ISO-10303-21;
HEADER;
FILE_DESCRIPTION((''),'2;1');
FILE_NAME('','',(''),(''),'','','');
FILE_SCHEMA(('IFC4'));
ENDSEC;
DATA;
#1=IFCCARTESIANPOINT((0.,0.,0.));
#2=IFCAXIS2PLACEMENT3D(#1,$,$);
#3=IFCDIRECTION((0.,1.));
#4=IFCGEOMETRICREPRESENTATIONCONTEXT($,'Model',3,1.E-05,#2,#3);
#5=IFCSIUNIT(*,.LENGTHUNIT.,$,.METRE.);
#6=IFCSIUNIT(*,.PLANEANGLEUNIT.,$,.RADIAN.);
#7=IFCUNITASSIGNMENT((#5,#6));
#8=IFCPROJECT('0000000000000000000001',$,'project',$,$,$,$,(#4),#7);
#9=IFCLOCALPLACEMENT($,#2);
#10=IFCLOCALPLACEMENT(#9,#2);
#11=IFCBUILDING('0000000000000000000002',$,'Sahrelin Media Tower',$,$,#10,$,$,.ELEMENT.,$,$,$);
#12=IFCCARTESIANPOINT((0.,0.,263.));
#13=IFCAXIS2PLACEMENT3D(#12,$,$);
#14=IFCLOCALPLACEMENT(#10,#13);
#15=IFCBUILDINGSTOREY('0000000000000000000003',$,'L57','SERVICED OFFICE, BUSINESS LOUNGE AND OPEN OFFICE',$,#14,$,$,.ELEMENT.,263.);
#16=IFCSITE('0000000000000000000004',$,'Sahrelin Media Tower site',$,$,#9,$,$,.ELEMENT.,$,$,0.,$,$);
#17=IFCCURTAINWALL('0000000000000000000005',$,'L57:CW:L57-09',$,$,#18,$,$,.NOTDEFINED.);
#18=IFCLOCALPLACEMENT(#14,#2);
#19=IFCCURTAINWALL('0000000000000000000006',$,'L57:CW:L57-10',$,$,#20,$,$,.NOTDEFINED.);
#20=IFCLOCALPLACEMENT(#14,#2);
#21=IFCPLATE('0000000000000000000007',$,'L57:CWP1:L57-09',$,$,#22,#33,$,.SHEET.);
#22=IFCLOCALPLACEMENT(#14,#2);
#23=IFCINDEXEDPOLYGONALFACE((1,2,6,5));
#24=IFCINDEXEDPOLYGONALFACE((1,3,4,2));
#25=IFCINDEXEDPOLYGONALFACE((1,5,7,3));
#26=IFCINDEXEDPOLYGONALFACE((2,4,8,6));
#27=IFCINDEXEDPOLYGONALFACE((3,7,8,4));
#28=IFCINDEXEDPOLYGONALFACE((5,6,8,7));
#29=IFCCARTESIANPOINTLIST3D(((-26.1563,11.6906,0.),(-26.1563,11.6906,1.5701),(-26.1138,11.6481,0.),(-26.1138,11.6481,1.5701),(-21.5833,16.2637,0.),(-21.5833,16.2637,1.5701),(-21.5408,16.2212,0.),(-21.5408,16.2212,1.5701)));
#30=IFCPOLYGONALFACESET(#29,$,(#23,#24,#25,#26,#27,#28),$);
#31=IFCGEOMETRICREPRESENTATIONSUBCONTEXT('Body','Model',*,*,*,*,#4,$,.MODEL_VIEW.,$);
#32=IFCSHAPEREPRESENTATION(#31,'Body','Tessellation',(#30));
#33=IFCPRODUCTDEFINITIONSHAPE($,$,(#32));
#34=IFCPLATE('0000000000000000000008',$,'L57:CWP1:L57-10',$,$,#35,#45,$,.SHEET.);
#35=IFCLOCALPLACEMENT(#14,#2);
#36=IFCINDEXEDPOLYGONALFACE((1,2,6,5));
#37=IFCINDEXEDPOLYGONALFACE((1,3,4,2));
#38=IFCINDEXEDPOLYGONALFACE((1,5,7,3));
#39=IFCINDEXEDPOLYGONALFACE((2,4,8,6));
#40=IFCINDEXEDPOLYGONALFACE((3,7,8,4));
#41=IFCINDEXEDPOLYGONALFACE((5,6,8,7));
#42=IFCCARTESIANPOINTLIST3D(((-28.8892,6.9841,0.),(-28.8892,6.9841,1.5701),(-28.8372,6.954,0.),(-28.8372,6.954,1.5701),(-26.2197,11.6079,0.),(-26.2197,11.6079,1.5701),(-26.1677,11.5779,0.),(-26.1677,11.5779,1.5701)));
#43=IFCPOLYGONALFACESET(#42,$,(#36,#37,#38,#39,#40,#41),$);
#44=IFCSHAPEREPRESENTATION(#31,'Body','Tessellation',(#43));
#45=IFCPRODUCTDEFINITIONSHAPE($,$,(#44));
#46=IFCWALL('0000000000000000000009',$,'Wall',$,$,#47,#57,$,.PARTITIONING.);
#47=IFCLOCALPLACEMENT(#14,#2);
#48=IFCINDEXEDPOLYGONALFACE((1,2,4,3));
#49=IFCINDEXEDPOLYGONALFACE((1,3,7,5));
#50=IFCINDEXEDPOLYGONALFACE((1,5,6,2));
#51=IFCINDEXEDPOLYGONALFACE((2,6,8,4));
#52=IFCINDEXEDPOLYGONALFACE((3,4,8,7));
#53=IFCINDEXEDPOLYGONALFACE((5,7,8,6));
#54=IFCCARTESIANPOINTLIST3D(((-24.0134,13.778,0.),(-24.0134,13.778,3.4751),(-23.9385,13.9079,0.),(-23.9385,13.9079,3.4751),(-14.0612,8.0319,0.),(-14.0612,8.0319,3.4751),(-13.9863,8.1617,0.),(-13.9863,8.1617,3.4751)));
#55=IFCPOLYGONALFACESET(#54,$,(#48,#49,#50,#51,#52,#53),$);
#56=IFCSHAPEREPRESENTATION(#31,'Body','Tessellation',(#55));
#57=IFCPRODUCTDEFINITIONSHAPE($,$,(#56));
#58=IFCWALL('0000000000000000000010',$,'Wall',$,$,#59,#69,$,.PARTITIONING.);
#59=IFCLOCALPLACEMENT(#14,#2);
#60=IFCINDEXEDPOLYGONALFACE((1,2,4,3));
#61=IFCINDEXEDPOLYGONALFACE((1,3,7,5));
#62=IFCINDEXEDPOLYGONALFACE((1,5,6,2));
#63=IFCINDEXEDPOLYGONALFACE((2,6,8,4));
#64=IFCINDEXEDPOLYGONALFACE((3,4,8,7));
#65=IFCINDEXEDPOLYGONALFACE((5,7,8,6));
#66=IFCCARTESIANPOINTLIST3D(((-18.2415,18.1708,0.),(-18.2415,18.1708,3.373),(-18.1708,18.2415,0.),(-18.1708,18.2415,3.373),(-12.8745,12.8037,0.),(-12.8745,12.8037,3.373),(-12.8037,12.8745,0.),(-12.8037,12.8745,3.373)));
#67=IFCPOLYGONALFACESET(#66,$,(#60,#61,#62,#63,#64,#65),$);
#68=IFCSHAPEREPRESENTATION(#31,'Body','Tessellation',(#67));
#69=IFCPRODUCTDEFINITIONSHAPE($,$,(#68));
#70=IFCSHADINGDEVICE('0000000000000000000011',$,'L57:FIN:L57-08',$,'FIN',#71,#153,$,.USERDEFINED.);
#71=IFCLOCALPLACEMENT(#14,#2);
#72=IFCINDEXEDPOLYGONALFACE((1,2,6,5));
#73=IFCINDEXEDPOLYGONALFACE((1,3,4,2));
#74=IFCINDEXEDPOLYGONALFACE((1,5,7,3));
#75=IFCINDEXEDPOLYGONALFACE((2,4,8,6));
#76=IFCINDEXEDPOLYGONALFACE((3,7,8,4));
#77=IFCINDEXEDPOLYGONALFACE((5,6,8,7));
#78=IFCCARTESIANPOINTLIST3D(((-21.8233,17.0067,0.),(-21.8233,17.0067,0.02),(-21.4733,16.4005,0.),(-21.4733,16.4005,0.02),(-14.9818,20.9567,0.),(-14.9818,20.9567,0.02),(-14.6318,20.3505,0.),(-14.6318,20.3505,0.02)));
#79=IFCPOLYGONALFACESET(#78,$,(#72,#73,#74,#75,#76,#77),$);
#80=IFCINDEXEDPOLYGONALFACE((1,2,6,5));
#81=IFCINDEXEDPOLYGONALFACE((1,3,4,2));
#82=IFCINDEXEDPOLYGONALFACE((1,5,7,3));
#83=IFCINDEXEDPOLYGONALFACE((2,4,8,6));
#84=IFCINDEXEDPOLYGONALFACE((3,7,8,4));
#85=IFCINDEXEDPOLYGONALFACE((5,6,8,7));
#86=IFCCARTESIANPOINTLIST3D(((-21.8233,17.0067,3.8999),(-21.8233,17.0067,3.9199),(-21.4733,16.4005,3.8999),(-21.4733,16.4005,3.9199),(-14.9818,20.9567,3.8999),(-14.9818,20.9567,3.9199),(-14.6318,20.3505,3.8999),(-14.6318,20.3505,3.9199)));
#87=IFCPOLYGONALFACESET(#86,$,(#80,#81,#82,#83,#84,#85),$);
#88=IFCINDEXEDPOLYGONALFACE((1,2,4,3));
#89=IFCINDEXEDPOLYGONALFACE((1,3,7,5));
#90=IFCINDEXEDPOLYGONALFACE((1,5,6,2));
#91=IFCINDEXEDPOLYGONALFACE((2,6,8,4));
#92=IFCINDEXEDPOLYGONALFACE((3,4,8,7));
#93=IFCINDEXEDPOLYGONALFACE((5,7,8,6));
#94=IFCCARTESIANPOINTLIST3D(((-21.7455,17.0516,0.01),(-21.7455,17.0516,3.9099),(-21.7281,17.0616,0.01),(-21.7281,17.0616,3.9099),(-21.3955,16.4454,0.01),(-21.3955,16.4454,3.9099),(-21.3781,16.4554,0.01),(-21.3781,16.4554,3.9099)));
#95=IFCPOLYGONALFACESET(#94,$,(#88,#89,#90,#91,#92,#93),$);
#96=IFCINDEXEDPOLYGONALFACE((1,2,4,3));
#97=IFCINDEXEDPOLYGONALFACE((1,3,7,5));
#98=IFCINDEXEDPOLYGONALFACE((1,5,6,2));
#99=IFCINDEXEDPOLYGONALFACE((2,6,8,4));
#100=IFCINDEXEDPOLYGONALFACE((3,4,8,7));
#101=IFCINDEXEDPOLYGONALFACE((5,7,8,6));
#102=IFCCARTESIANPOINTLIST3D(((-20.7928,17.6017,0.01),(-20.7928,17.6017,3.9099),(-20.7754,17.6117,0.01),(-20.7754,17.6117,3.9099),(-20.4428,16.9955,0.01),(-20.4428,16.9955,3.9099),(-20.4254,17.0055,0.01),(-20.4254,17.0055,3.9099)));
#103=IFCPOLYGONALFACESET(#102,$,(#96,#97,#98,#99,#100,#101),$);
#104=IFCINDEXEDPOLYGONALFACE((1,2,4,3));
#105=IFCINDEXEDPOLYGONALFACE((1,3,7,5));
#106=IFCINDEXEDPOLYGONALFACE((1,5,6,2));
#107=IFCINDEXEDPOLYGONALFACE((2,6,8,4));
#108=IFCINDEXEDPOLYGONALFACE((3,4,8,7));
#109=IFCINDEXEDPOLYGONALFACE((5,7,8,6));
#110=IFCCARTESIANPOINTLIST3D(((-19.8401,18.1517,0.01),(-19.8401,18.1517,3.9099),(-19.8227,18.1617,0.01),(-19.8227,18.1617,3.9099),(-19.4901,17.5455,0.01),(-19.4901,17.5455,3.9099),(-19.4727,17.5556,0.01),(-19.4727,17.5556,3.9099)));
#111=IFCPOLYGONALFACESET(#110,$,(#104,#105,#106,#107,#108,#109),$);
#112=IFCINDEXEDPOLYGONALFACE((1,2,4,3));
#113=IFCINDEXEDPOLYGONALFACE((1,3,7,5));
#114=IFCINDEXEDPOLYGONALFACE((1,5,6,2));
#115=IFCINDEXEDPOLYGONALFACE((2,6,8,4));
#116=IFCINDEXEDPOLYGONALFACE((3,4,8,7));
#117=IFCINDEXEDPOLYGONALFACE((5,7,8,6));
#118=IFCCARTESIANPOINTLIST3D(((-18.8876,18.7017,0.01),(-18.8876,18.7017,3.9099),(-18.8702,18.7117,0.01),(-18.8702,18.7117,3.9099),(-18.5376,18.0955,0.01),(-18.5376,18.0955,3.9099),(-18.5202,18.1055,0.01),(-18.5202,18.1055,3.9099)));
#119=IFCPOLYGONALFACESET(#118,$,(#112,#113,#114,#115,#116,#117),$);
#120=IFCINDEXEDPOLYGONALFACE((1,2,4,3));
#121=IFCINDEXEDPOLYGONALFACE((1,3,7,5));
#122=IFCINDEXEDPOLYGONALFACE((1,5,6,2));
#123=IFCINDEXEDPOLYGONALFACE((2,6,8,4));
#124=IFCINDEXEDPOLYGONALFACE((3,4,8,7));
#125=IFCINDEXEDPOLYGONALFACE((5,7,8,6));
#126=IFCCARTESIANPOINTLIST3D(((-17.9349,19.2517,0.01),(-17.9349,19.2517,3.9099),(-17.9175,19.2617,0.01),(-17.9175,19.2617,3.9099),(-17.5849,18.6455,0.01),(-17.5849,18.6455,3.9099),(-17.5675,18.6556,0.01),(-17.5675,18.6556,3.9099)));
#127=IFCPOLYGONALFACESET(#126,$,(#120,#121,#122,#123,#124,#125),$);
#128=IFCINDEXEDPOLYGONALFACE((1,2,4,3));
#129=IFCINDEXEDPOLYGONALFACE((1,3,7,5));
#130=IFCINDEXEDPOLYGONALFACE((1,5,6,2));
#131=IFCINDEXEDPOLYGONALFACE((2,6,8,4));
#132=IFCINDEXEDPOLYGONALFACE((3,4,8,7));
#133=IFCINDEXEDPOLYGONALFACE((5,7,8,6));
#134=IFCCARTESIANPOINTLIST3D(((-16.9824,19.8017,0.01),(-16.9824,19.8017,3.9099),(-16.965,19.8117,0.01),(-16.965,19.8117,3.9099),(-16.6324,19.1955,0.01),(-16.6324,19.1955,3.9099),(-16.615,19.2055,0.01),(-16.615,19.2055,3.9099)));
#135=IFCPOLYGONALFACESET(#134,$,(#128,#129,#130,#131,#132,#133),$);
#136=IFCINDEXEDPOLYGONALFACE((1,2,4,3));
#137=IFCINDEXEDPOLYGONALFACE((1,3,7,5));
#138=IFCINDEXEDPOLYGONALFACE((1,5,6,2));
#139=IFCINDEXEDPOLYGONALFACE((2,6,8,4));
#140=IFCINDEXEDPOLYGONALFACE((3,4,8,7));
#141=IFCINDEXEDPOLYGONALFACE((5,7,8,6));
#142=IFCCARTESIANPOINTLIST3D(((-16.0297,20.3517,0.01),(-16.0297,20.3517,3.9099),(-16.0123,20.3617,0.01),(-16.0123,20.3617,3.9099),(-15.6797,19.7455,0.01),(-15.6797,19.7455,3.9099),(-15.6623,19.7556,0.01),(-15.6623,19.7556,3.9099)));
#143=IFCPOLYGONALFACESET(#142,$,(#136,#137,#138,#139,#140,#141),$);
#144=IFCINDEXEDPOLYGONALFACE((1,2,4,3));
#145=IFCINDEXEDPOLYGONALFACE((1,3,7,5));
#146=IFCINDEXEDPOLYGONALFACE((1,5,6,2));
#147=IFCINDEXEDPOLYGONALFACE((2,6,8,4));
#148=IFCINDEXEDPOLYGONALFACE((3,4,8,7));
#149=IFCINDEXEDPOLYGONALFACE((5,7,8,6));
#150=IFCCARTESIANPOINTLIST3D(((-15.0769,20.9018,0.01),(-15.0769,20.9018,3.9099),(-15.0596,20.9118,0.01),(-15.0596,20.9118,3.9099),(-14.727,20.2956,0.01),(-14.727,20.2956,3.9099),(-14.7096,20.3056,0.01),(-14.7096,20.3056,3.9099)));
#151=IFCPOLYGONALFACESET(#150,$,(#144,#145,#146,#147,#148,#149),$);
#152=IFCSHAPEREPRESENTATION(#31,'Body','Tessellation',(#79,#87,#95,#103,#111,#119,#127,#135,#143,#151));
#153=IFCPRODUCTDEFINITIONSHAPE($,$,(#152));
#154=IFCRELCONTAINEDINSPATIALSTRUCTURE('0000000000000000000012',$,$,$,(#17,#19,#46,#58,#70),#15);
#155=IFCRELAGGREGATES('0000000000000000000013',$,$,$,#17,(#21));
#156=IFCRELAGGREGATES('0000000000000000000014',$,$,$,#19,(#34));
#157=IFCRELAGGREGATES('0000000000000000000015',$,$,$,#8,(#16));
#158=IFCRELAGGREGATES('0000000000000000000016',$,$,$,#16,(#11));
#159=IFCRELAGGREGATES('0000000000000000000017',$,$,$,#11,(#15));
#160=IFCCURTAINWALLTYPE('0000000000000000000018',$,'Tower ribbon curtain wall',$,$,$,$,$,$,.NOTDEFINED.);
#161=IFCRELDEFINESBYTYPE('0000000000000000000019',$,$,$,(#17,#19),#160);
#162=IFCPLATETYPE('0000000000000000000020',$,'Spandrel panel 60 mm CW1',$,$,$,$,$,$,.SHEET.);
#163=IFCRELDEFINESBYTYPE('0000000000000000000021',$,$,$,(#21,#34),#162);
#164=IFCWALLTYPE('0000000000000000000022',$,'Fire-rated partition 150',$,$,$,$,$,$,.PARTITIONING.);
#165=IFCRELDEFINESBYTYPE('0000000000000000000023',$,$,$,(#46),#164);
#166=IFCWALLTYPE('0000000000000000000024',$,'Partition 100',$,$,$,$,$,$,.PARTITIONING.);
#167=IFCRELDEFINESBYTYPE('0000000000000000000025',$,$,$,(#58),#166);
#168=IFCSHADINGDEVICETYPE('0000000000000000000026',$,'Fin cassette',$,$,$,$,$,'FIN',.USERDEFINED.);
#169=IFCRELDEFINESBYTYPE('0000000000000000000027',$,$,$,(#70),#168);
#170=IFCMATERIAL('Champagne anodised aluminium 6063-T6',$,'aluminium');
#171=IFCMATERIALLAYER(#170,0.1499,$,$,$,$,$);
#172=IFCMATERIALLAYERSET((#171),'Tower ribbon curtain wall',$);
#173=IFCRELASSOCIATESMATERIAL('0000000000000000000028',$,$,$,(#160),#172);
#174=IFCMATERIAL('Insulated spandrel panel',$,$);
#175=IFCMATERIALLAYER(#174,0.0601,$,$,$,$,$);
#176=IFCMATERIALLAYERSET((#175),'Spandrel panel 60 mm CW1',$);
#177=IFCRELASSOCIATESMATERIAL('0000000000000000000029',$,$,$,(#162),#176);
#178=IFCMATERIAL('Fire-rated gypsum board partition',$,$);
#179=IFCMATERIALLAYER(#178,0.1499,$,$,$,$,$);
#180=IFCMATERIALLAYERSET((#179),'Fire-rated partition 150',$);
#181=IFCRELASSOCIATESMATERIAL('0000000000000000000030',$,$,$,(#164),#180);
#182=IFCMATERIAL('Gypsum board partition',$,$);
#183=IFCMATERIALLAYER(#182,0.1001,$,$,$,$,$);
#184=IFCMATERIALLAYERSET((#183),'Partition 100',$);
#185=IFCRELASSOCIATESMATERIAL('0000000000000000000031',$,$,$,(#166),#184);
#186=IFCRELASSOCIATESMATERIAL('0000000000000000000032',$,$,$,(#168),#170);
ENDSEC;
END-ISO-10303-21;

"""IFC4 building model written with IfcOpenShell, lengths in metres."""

from ifc_helpers import new_model, si_unit, direction, frame, frame_2d, origin, origin_2d, place, context, subcontext, project, spatial, polyline, rectangle, outline, extrude, material, layer, layer_set, type_object, element, aggregate, save


model = new_model("IFC4")

# Units and contexts
model_context = context("Model", 3, precision=1e-05, world=origin(), true_north=direction((0.0, 1.0)))
body_context = subcontext(model_context, "Body", "Model", "MODEL_VIEW")
ifc_project = project(units=[si_unit("LENGTHUNIT", "METRE"), si_unit("PLANEANGLEUNIT", "RADIAN")], contexts=[model_context])

# Site, building, storey
site_placement = place(None, origin())
site = spatial("IfcSite", under=ifc_project, at=site_placement, Name="Sahrelin Media Tower site", CompositionType="ELEMENT", RefElevation=0.0)
building_placement = place(site_placement, origin())
building = spatial("IfcBuilding", under=site, at=building_placement, Name="Sahrelin Media Tower", CompositionType="ELEMENT")
storey_placement = place(building_placement, frame((0.0, 0.0, 263.0)))
storey = spatial("IfcBuildingStorey", under=building, at=storey_placement, Name="L57", Description="SERVICED OFFICE, BUSINESS LOUNGE AND OPEN OFFICE", CompositionType="ELEMENT", Elevation=263.0)

# Curtain wall
ifc_material_1 = material(Name="Champagne anodised aluminium 6063-T6", Category="aluminium")
ifc_layer_1 = layer(ifc_material_1, 0.1499)
ifc_layer_set_1 = layer_set([ifc_layer_1], Name="Tower ribbon curtain wall")
curtain_wall_type = type_object("IfcCurtainWallType", Name="Tower ribbon curtain wall", PredefinedType="NOTDEFINED", material=ifc_layer_set_1)
curtain_wall_1_placement = place(storey_placement, frame((-23.8557, 13.9631, 0.0), z_axis=(0.0, 0.0, 1.0), x_axis=(1.0, 0.0, 0.0)))
curtain_wall_1 = element("IfcCurtainWall", 1, at=curtain_wall_1_placement, inside=storey, type_object=curtain_wall_type, Name="L57:CW:L57-09", PredefinedType="NOTDEFINED")

# Curtain wall
curtain_wall_2_placement = place(storey_placement, frame((-27.5371, 9.2859, 0.0), z_axis=(0.0, 0.0, 1.0), x_axis=(1.0, 0.0, 0.0)))
curtain_wall_2 = element("IfcCurtainWall", 2, at=curtain_wall_2_placement, inside=storey, type_object=curtain_wall_type, Name="L57:CW:L57-10", PredefinedType="NOTDEFINED")

# Plates
ifc_material_2 = material(Name="Insulated spandrel panel")
ifc_layer_2 = layer(ifc_material_2, 0.0601)
ifc_layer_set_2 = layer_set([ifc_layer_2], Name="Spandrel panel 60 mm CW1")
plate_type_1 = type_object("IfcPlateType", Name="Spandrel panel 60 mm CW1", PredefinedType="SHEET", material=ifc_layer_set_2)
plate_1_placement = place(storey_placement, frame((-21.5833, 16.2637, 0.0), z_axis=(-0.707107, 0.707107, 0.0), x_axis=(-0.707107, -0.707107, 0.0)))
plate_1 = element("IfcPlate", 3, at=plate_1_placement, type_object=plate_type_1, Name="L57:CWP1:L57-09", PredefinedType="SHEET", context=body_context, shape_type="SweptSolid", body=[
    extrude(outline(polyline([(0.0, 0.0), (6.4673, 0.0), (6.4673, 1.5701), (0.0, 1.5701), (0.0, 0.0)])), origin(), (0.0, 0.0, -1.0), 0.0601),
])
aggregate(curtain_wall_1, [plate_1])
plate_2_placement = place(storey_placement, frame((-26.2197, 11.6079, 0.0), z_axis=(-0.866034, 0.499985, 0.0), x_axis=(-0.499985, -0.866034, 0.0)))
plate_2 = element("IfcPlate", 4, at=plate_2_placement, type_object=plate_type_1, Name="L57:CWP1:L57-10", PredefinedType="SHEET", context=body_context, shape_type="SweptSolid", body=[
    extrude(outline(polyline([(0.0, 0.0), (5.3391, 0.0), (5.3391, 1.5701), (0.0, 1.5701), (0.0, 0.0)])), origin(), (0.0, 0.0, -1.0), 0.0601),
])
aggregate(curtain_wall_2, [plate_2])

# Walls
ifc_material_3 = material(Name="Fire-rated gypsum board partition")
ifc_layer_3 = layer(ifc_material_3, 0.1499)
ifc_layer_set_3 = layer_set([ifc_layer_3], Name="Fire-rated partition 150")
wall_type_1 = type_object("IfcWallType", Name="Fire-rated partition 150", PredefinedType="PARTITIONING", material=ifc_layer_set_3)
wall_1_placement = place(storey_placement, frame((-23.9761, 13.843, 0.0), z_axis=(0.0, 0.0, 1.0), x_axis=(0.866017, -0.500014, 0.0)))
element("IfcWall", 5, at=wall_1_placement, inside=storey, type_object=wall_type_1, Name="Wall", PredefinedType="PARTITIONING", context=body_context, shape_type="SweptSolid", body=[
    extrude(rectangle(XDim=11.4919, YDim=0.1499, at=frame_2d((5.7461, 0.0))), origin(), (0.0, 0.0, 1.0), 3.4751),
])
ifc_material_4 = material(Name="Gypsum board partition")
ifc_layer_4 = layer(ifc_material_4, 0.1001)
ifc_layer_set_4 = layer_set([ifc_layer_4], Name="Partition 100")
wall_type_2 = type_object("IfcWallType", Name="Partition 100", PredefinedType="PARTITIONING", material=ifc_layer_set_4)
wall_2_placement = place(storey_placement, frame((-18.2061, 18.2061, 0.0), z_axis=(0.0, 0.0, 1.0), x_axis=(0.707107, -0.707107, 0.0)))
element("IfcWall", 6, at=wall_2_placement, inside=storey, type_object=wall_type_2, Name="Wall", PredefinedType="PARTITIONING", context=body_context, shape_type="SweptSolid", body=[
    extrude(rectangle(XDim=7.5901, YDim=0.1001, at=frame_2d((3.7949, 0.0))), origin(), (0.0, 0.0, 1.0), 3.373),
])

# Shading device
shading_device_type_1 = type_object("IfcShadingDeviceType", Name="Fin cassette", ElementType="FIN", PredefinedType="USERDEFINED", material=ifc_material_1)
placement_1 = place(storey_placement, frame((-18.0176, 18.3149, 0.0), z_axis=(0.0, 0.0, 1.0), x_axis=(0.866019, 0.500011, 0.0)))
element("IfcShadingDevice", 7, at=placement_1, inside=storey, type_object=shading_device_type_1, Name="L57:FIN:L57-08", ObjectType="FIN", PredefinedType="USERDEFINED", context=body_context, shape_type="SweptSolid", body=[
    extrude(rectangle(XDim=7.8999, YDim=0.7, at=origin_2d()), frame((0.0, 0.4199, 0.0)), (0.0, 0.0, 1.0), 0.02),
    extrude(rectangle(XDim=7.8999, YDim=0.7, at=origin_2d()), frame((0.0, 0.4199, 3.8999)), (0.0, 0.0, 1.0), 0.02),
    extrude(rectangle(XDim=0.02, YDim=0.7, at=origin_2d()), frame((-3.8501, 0.4199, 0.01), z_axis=(0.0, 0.0, 1.0), x_axis=(1.0, 0.0, 0.0)), (0.0, 0.0, 1.0), 3.8999),
    extrude(rectangle(XDim=0.02, YDim=0.7, at=origin_2d()), frame((-2.75, 0.4199, 0.01), z_axis=(0.0, 0.0, 1.0), x_axis=(1.0, 0.0, 0.0)), (0.0, 0.0, 1.0), 3.8999),
    extrude(rectangle(XDim=0.02, YDim=0.7, at=origin_2d()), frame((-1.6499, 0.4199, 0.01), z_axis=(0.0, 0.0, 1.0), x_axis=(1.0, 0.0, 0.0)), (0.0, 0.0, 1.0), 3.8999),
    extrude(rectangle(XDim=0.02, YDim=0.7, at=origin_2d()), frame((-0.55, 0.4199, 0.01), z_axis=(0.0, 0.0, 1.0), x_axis=(1.0, 0.0, 0.0)), (0.0, 0.0, 1.0), 3.8999),
    extrude(rectangle(XDim=0.02, YDim=0.7, at=origin_2d()), frame((0.55, 0.4199, 0.01), z_axis=(0.0, 0.0, 1.0), x_axis=(1.0, 0.0, 0.0)), (0.0, 0.0, 1.0), 3.8999),
    extrude(rectangle(XDim=0.02, YDim=0.7, at=origin_2d()), frame((1.6499, 0.4199, 0.01), z_axis=(0.0, 0.0, 1.0), x_axis=(1.0, 0.0, 0.0)), (0.0, 0.0, 1.0), 3.8999),
    extrude(rectangle(XDim=0.02, YDim=0.7, at=origin_2d()), frame((2.75, 0.4199, 0.01), z_axis=(0.0, 0.0, 1.0), x_axis=(1.0, 0.0, 0.0)), (0.0, 0.0, 1.0), 3.8999),
    extrude(rectangle(XDim=0.02, YDim=0.7, at=origin_2d()), frame((3.8501, 0.4199, 0.01), z_axis=(0.0, 0.0, 1.0), x_axis=(1.0, 0.0, 0.0)), (0.0, 0.0, 1.0), 3.8999),
])

save(model, "model.ifc")
